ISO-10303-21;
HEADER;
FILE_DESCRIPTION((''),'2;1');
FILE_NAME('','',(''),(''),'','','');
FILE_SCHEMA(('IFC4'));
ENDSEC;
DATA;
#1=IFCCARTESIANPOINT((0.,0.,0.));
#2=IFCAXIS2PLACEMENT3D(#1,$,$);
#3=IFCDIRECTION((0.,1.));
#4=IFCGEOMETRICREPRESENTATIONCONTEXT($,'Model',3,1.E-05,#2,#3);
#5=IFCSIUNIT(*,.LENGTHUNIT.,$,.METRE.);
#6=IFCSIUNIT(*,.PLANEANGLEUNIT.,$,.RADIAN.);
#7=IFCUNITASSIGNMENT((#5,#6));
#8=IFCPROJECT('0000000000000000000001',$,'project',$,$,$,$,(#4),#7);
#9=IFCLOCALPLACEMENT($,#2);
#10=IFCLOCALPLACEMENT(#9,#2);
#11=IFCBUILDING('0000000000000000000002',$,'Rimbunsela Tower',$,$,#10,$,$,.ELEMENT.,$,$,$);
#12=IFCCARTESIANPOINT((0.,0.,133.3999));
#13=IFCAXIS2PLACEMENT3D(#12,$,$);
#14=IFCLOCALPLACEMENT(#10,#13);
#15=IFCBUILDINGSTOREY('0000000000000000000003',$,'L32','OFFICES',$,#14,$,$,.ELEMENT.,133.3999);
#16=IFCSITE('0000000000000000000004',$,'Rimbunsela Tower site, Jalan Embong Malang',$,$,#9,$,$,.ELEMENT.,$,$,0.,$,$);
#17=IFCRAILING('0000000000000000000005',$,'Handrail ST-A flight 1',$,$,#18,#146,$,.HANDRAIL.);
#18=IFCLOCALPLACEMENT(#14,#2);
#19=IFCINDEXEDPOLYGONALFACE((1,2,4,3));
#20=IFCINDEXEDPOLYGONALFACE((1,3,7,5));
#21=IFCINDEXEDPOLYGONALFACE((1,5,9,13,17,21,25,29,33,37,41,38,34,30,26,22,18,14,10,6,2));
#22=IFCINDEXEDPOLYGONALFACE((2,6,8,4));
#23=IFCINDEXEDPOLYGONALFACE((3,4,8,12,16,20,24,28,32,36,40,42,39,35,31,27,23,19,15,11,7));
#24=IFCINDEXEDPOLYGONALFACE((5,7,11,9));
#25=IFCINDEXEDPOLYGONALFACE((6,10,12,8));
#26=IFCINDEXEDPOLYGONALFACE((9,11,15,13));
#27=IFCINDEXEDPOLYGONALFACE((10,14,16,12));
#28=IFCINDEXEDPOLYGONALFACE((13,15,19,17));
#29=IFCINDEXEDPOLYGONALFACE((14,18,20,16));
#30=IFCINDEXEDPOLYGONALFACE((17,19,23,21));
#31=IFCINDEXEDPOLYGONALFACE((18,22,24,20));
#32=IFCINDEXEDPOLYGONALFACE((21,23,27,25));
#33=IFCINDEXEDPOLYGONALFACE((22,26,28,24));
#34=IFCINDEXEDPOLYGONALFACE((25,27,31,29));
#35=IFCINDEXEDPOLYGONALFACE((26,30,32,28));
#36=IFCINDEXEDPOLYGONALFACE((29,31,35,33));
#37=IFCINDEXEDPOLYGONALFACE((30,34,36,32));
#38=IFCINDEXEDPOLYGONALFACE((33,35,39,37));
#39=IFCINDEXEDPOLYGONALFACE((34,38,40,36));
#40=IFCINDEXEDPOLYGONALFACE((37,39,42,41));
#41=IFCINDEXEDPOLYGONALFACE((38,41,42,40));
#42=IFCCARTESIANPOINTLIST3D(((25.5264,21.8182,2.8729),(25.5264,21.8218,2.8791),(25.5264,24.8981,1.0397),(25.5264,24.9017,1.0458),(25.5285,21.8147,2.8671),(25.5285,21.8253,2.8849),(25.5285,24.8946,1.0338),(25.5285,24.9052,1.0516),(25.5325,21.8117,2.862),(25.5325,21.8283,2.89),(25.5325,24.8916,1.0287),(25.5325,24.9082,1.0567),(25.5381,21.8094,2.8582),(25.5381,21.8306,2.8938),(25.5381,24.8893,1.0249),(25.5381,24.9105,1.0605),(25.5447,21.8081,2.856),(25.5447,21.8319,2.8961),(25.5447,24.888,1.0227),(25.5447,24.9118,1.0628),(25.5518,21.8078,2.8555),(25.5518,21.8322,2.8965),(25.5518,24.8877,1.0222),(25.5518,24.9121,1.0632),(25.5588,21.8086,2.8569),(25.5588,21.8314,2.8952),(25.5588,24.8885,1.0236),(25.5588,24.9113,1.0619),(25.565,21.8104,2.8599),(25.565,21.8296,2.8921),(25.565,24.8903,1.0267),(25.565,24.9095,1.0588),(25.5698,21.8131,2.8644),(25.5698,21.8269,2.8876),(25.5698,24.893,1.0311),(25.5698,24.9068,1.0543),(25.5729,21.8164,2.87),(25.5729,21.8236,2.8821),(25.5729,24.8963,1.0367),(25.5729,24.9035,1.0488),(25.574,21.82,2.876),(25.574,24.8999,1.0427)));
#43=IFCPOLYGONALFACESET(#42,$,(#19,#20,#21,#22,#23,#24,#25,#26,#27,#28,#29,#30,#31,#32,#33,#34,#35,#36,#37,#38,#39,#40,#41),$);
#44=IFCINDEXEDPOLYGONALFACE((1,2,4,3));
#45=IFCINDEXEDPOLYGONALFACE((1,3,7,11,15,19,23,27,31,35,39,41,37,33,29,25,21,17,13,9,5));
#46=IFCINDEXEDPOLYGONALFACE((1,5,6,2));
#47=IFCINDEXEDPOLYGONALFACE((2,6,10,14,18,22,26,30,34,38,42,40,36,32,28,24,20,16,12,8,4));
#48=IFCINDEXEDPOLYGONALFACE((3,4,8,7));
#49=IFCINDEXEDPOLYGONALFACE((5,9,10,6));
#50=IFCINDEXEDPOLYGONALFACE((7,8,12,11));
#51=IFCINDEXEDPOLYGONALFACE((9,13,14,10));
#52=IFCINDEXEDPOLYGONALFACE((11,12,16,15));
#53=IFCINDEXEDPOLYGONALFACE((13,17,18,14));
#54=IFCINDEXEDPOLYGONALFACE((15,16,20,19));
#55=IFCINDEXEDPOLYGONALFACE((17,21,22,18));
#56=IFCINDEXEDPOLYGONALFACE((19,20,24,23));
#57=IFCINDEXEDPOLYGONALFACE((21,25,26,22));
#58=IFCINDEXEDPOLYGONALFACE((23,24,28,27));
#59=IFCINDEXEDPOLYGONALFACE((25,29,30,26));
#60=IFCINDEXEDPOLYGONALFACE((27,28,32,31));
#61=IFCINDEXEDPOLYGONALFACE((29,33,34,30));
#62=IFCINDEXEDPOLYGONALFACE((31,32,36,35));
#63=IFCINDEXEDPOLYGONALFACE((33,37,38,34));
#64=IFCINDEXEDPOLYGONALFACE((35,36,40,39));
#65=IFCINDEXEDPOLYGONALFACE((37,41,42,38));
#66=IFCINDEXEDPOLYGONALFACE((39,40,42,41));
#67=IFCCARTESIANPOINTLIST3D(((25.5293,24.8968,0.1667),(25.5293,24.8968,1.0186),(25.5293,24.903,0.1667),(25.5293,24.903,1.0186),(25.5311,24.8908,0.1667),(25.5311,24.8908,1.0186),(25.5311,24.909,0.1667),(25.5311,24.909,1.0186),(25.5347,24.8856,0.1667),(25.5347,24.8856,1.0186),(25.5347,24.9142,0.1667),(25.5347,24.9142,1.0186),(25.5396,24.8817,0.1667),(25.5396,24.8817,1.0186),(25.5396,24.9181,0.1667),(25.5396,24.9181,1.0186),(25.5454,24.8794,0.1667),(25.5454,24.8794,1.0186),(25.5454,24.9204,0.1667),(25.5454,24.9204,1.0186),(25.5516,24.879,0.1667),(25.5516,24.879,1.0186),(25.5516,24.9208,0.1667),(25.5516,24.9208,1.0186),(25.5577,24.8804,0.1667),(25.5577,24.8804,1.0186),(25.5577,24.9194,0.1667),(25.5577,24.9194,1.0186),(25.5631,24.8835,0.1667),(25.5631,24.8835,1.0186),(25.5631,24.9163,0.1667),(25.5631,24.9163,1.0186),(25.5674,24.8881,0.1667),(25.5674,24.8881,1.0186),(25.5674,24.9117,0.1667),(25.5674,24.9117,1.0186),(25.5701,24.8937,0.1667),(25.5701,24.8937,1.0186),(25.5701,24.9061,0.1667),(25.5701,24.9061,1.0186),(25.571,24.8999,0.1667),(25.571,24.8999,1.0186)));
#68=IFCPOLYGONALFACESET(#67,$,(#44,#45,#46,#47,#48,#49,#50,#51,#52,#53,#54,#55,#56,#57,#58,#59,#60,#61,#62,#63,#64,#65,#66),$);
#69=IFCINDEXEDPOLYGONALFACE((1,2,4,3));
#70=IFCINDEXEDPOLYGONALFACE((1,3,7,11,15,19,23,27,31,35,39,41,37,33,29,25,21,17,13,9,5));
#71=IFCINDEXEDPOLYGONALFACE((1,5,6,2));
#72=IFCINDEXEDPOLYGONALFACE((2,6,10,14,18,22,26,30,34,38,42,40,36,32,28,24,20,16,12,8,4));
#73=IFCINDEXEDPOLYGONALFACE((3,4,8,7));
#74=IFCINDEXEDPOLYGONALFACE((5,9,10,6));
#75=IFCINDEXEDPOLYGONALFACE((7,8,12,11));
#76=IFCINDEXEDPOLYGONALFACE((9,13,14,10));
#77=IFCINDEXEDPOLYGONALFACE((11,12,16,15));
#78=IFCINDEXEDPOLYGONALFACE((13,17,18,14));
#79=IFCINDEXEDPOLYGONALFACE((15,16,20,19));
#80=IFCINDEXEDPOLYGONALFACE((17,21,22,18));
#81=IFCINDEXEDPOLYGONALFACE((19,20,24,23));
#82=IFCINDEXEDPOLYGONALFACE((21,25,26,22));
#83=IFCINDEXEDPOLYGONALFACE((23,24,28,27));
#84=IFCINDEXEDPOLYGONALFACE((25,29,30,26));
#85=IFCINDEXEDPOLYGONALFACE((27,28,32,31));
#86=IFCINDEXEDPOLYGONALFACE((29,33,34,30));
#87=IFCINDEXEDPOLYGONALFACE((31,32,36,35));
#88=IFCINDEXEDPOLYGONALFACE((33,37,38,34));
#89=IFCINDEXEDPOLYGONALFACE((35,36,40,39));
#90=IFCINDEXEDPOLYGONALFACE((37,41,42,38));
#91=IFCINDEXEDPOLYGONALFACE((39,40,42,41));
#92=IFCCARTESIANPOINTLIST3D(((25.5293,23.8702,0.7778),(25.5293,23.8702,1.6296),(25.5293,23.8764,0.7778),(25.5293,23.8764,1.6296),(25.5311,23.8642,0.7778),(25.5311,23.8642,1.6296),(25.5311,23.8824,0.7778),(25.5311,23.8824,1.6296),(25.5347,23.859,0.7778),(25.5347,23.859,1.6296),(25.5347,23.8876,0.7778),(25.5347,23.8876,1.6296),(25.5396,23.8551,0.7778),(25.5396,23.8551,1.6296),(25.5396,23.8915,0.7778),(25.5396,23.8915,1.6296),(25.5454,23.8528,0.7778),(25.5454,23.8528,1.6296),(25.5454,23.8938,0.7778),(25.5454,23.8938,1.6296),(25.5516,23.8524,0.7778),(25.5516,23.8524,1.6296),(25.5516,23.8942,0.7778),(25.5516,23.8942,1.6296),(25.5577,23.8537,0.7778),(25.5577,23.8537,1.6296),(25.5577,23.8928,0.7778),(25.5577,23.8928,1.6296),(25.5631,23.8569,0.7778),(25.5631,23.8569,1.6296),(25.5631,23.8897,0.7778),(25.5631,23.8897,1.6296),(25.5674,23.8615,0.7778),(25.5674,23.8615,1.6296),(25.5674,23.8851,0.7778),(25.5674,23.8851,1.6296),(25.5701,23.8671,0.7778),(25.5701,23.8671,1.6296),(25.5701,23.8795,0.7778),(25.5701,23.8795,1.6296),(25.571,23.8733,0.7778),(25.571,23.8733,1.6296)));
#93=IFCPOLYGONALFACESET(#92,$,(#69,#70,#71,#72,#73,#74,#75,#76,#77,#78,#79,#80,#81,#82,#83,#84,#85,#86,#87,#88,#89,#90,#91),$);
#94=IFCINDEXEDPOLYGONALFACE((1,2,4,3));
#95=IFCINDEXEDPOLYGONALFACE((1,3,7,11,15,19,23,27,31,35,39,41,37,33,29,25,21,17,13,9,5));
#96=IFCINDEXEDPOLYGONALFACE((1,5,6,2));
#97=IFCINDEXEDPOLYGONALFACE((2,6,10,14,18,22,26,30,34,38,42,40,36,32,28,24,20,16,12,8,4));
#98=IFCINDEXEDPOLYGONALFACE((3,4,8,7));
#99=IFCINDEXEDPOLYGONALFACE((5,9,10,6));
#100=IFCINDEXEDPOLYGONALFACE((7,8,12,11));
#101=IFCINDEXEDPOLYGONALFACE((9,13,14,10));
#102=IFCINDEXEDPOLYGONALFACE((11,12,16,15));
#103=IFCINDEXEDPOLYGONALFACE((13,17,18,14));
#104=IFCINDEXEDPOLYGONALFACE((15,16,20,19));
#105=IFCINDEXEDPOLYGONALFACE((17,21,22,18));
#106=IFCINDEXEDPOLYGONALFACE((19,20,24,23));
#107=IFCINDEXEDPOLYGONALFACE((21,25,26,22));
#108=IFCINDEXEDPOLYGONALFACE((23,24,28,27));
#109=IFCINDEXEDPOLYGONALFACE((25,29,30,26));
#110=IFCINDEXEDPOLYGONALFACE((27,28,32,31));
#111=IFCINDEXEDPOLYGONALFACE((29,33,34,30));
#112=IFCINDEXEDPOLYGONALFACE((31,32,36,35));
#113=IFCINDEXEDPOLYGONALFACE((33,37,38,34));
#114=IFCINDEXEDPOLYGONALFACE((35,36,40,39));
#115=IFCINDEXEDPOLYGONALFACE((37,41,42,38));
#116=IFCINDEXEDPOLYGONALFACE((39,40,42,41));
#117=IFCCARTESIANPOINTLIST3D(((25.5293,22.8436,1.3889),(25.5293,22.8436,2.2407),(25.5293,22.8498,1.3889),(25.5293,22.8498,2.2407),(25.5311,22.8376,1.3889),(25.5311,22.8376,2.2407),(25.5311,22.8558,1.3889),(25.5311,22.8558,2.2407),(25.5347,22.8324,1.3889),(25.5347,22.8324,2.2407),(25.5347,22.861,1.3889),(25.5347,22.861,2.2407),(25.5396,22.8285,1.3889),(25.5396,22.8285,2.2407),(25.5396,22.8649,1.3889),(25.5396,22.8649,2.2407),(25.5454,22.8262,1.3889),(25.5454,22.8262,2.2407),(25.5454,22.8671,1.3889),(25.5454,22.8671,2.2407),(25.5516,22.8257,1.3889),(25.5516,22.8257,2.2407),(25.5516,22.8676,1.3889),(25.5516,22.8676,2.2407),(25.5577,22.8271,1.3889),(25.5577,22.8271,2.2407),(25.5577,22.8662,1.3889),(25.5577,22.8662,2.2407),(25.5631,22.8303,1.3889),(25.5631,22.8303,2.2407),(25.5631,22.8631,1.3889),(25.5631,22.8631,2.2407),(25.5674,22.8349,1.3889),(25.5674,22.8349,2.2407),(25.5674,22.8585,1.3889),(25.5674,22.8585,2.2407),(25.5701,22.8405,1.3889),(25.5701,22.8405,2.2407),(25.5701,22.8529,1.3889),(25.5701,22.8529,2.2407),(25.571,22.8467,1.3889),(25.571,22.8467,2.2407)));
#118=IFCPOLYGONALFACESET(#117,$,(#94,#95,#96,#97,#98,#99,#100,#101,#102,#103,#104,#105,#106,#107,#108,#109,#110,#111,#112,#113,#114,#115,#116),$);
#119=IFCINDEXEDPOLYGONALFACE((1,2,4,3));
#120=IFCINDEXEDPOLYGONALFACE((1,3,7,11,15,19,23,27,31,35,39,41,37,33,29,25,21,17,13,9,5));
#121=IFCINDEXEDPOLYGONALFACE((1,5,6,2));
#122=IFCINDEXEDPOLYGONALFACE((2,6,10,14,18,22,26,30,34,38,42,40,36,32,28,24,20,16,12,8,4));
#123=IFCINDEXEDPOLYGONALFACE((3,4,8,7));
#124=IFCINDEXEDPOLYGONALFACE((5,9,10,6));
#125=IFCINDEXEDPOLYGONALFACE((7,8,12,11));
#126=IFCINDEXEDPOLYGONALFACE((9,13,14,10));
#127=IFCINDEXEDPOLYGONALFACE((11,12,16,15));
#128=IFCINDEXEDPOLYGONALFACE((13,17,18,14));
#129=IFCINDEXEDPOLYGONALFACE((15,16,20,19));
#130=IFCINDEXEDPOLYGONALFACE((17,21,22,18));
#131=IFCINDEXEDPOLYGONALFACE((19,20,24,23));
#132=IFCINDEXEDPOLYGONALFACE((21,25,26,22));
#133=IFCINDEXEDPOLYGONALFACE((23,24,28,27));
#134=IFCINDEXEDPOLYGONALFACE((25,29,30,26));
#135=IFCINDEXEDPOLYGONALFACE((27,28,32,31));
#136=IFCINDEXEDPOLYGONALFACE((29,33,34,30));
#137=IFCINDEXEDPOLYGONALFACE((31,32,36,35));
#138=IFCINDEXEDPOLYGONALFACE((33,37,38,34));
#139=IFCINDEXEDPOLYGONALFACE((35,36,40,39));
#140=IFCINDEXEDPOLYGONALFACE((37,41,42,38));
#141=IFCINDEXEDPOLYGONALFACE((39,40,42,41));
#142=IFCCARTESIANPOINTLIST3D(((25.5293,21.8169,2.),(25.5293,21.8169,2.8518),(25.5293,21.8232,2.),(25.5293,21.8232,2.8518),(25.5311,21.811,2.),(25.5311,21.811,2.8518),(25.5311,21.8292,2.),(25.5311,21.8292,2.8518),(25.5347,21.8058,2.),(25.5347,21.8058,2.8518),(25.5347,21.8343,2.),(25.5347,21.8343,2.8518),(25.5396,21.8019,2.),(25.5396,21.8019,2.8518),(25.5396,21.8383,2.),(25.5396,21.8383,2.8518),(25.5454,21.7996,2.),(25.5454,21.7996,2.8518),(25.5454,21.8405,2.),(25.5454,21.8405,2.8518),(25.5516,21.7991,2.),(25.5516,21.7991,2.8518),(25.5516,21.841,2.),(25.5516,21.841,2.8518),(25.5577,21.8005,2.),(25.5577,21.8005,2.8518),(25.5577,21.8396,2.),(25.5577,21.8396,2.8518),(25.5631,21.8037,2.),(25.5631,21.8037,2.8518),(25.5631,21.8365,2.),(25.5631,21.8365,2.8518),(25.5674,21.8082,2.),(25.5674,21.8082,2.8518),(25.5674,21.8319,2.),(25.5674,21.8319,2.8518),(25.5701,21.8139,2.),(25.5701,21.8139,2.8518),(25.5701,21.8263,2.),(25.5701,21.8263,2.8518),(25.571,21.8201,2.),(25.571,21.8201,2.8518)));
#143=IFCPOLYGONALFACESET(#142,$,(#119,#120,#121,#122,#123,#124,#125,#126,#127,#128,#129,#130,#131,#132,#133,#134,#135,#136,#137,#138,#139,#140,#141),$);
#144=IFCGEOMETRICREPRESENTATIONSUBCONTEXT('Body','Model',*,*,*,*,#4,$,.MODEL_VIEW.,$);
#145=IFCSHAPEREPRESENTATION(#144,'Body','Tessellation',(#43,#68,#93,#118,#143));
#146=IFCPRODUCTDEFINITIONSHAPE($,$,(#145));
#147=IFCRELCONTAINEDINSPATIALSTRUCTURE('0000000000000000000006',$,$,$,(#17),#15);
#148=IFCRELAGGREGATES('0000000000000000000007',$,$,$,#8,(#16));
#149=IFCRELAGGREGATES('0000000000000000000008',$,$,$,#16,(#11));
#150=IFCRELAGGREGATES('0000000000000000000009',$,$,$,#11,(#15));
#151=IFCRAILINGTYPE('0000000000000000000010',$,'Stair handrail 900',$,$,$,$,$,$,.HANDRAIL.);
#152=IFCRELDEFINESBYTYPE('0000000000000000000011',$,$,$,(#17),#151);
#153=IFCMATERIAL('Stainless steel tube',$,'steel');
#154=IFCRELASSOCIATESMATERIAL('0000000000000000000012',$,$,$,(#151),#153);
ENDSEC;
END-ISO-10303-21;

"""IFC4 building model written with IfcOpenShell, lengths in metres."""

from ifc_helpers import new_model, si_unit, direction, frame, origin, origin_2d, place, context, subcontext, project, spatial, circle, extrude, material, type_object, element, save


model = new_model("IFC4")

# Units and contexts
model_context = context("Model", 3, precision=1e-05, world=origin(), true_north=direction((0.0, 1.0)))
body_context = subcontext(model_context, "Body", "Model", "MODEL_VIEW")
ifc_project = project(units=[si_unit("LENGTHUNIT", "METRE"), si_unit("PLANEANGLEUNIT", "RADIAN")], contexts=[model_context])

# Site, building, storey
site_placement = place(None, origin())
site = spatial("IfcSite", under=ifc_project, at=site_placement, Name="Rimbunsela Tower site, Jalan Embong Malang", CompositionType="ELEMENT", RefElevation=0.0)
building_placement = place(site_placement, origin())
building = spatial("IfcBuilding", under=site, at=building_placement, Name="Rimbunsela Tower", CompositionType="ELEMENT")
storey_placement = place(building_placement, frame((0.0, 0.0, 133.3999)))
storey = spatial("IfcBuildingStorey", under=building, at=storey_placement, Name="L32", Description="OFFICES", CompositionType="ELEMENT", Elevation=133.3999)

# Railing
ifc_material_1 = material(Name="Stainless steel tube", Category="steel")
railing_type = type_object("IfcRailingType", Name="Stair handrail 900", PredefinedType="HANDRAIL", material=ifc_material_1)
railing_1_placement = place(storey_placement, frame((25.55, 24.8999, 0.1667)))
element("IfcRailing", 1, at=railing_1_placement, inside=storey, type_object=railing_type, Name="Handrail ST-A flight 1", PredefinedType="HANDRAIL", context=body_context, shape_type="SweptSolid", body=[
    extrude(circle(Radius=0.0239, at=origin_2d()), frame((0.0, 0.0, 0.876), z_axis=(0.0, -0.859291, 0.511487), x_axis=(1.0, 0.0, 0.0)), (0.0, 0.0, 1.0), 3.5842),
    extrude(circle(Radius=0.021, at=origin_2d()), origin(), (0.0, 0.0, 1.0), 0.8518),
    extrude(circle(Radius=0.021, at=origin_2d()), frame((0.0, -1.0266, 0.6111)), (0.0, 0.0, 1.0), 0.8518),
    extrude(circle(Radius=0.021, at=origin_2d()), frame((0.0, -2.0532, 1.2222)), (0.0, 0.0, 1.0), 0.8518),
    extrude(circle(Radius=0.021, at=origin_2d()), frame((0.0, -3.0798, 1.8333)), (0.0, 0.0, 1.0), 0.8518),
])

save(model, "model.ifc")
